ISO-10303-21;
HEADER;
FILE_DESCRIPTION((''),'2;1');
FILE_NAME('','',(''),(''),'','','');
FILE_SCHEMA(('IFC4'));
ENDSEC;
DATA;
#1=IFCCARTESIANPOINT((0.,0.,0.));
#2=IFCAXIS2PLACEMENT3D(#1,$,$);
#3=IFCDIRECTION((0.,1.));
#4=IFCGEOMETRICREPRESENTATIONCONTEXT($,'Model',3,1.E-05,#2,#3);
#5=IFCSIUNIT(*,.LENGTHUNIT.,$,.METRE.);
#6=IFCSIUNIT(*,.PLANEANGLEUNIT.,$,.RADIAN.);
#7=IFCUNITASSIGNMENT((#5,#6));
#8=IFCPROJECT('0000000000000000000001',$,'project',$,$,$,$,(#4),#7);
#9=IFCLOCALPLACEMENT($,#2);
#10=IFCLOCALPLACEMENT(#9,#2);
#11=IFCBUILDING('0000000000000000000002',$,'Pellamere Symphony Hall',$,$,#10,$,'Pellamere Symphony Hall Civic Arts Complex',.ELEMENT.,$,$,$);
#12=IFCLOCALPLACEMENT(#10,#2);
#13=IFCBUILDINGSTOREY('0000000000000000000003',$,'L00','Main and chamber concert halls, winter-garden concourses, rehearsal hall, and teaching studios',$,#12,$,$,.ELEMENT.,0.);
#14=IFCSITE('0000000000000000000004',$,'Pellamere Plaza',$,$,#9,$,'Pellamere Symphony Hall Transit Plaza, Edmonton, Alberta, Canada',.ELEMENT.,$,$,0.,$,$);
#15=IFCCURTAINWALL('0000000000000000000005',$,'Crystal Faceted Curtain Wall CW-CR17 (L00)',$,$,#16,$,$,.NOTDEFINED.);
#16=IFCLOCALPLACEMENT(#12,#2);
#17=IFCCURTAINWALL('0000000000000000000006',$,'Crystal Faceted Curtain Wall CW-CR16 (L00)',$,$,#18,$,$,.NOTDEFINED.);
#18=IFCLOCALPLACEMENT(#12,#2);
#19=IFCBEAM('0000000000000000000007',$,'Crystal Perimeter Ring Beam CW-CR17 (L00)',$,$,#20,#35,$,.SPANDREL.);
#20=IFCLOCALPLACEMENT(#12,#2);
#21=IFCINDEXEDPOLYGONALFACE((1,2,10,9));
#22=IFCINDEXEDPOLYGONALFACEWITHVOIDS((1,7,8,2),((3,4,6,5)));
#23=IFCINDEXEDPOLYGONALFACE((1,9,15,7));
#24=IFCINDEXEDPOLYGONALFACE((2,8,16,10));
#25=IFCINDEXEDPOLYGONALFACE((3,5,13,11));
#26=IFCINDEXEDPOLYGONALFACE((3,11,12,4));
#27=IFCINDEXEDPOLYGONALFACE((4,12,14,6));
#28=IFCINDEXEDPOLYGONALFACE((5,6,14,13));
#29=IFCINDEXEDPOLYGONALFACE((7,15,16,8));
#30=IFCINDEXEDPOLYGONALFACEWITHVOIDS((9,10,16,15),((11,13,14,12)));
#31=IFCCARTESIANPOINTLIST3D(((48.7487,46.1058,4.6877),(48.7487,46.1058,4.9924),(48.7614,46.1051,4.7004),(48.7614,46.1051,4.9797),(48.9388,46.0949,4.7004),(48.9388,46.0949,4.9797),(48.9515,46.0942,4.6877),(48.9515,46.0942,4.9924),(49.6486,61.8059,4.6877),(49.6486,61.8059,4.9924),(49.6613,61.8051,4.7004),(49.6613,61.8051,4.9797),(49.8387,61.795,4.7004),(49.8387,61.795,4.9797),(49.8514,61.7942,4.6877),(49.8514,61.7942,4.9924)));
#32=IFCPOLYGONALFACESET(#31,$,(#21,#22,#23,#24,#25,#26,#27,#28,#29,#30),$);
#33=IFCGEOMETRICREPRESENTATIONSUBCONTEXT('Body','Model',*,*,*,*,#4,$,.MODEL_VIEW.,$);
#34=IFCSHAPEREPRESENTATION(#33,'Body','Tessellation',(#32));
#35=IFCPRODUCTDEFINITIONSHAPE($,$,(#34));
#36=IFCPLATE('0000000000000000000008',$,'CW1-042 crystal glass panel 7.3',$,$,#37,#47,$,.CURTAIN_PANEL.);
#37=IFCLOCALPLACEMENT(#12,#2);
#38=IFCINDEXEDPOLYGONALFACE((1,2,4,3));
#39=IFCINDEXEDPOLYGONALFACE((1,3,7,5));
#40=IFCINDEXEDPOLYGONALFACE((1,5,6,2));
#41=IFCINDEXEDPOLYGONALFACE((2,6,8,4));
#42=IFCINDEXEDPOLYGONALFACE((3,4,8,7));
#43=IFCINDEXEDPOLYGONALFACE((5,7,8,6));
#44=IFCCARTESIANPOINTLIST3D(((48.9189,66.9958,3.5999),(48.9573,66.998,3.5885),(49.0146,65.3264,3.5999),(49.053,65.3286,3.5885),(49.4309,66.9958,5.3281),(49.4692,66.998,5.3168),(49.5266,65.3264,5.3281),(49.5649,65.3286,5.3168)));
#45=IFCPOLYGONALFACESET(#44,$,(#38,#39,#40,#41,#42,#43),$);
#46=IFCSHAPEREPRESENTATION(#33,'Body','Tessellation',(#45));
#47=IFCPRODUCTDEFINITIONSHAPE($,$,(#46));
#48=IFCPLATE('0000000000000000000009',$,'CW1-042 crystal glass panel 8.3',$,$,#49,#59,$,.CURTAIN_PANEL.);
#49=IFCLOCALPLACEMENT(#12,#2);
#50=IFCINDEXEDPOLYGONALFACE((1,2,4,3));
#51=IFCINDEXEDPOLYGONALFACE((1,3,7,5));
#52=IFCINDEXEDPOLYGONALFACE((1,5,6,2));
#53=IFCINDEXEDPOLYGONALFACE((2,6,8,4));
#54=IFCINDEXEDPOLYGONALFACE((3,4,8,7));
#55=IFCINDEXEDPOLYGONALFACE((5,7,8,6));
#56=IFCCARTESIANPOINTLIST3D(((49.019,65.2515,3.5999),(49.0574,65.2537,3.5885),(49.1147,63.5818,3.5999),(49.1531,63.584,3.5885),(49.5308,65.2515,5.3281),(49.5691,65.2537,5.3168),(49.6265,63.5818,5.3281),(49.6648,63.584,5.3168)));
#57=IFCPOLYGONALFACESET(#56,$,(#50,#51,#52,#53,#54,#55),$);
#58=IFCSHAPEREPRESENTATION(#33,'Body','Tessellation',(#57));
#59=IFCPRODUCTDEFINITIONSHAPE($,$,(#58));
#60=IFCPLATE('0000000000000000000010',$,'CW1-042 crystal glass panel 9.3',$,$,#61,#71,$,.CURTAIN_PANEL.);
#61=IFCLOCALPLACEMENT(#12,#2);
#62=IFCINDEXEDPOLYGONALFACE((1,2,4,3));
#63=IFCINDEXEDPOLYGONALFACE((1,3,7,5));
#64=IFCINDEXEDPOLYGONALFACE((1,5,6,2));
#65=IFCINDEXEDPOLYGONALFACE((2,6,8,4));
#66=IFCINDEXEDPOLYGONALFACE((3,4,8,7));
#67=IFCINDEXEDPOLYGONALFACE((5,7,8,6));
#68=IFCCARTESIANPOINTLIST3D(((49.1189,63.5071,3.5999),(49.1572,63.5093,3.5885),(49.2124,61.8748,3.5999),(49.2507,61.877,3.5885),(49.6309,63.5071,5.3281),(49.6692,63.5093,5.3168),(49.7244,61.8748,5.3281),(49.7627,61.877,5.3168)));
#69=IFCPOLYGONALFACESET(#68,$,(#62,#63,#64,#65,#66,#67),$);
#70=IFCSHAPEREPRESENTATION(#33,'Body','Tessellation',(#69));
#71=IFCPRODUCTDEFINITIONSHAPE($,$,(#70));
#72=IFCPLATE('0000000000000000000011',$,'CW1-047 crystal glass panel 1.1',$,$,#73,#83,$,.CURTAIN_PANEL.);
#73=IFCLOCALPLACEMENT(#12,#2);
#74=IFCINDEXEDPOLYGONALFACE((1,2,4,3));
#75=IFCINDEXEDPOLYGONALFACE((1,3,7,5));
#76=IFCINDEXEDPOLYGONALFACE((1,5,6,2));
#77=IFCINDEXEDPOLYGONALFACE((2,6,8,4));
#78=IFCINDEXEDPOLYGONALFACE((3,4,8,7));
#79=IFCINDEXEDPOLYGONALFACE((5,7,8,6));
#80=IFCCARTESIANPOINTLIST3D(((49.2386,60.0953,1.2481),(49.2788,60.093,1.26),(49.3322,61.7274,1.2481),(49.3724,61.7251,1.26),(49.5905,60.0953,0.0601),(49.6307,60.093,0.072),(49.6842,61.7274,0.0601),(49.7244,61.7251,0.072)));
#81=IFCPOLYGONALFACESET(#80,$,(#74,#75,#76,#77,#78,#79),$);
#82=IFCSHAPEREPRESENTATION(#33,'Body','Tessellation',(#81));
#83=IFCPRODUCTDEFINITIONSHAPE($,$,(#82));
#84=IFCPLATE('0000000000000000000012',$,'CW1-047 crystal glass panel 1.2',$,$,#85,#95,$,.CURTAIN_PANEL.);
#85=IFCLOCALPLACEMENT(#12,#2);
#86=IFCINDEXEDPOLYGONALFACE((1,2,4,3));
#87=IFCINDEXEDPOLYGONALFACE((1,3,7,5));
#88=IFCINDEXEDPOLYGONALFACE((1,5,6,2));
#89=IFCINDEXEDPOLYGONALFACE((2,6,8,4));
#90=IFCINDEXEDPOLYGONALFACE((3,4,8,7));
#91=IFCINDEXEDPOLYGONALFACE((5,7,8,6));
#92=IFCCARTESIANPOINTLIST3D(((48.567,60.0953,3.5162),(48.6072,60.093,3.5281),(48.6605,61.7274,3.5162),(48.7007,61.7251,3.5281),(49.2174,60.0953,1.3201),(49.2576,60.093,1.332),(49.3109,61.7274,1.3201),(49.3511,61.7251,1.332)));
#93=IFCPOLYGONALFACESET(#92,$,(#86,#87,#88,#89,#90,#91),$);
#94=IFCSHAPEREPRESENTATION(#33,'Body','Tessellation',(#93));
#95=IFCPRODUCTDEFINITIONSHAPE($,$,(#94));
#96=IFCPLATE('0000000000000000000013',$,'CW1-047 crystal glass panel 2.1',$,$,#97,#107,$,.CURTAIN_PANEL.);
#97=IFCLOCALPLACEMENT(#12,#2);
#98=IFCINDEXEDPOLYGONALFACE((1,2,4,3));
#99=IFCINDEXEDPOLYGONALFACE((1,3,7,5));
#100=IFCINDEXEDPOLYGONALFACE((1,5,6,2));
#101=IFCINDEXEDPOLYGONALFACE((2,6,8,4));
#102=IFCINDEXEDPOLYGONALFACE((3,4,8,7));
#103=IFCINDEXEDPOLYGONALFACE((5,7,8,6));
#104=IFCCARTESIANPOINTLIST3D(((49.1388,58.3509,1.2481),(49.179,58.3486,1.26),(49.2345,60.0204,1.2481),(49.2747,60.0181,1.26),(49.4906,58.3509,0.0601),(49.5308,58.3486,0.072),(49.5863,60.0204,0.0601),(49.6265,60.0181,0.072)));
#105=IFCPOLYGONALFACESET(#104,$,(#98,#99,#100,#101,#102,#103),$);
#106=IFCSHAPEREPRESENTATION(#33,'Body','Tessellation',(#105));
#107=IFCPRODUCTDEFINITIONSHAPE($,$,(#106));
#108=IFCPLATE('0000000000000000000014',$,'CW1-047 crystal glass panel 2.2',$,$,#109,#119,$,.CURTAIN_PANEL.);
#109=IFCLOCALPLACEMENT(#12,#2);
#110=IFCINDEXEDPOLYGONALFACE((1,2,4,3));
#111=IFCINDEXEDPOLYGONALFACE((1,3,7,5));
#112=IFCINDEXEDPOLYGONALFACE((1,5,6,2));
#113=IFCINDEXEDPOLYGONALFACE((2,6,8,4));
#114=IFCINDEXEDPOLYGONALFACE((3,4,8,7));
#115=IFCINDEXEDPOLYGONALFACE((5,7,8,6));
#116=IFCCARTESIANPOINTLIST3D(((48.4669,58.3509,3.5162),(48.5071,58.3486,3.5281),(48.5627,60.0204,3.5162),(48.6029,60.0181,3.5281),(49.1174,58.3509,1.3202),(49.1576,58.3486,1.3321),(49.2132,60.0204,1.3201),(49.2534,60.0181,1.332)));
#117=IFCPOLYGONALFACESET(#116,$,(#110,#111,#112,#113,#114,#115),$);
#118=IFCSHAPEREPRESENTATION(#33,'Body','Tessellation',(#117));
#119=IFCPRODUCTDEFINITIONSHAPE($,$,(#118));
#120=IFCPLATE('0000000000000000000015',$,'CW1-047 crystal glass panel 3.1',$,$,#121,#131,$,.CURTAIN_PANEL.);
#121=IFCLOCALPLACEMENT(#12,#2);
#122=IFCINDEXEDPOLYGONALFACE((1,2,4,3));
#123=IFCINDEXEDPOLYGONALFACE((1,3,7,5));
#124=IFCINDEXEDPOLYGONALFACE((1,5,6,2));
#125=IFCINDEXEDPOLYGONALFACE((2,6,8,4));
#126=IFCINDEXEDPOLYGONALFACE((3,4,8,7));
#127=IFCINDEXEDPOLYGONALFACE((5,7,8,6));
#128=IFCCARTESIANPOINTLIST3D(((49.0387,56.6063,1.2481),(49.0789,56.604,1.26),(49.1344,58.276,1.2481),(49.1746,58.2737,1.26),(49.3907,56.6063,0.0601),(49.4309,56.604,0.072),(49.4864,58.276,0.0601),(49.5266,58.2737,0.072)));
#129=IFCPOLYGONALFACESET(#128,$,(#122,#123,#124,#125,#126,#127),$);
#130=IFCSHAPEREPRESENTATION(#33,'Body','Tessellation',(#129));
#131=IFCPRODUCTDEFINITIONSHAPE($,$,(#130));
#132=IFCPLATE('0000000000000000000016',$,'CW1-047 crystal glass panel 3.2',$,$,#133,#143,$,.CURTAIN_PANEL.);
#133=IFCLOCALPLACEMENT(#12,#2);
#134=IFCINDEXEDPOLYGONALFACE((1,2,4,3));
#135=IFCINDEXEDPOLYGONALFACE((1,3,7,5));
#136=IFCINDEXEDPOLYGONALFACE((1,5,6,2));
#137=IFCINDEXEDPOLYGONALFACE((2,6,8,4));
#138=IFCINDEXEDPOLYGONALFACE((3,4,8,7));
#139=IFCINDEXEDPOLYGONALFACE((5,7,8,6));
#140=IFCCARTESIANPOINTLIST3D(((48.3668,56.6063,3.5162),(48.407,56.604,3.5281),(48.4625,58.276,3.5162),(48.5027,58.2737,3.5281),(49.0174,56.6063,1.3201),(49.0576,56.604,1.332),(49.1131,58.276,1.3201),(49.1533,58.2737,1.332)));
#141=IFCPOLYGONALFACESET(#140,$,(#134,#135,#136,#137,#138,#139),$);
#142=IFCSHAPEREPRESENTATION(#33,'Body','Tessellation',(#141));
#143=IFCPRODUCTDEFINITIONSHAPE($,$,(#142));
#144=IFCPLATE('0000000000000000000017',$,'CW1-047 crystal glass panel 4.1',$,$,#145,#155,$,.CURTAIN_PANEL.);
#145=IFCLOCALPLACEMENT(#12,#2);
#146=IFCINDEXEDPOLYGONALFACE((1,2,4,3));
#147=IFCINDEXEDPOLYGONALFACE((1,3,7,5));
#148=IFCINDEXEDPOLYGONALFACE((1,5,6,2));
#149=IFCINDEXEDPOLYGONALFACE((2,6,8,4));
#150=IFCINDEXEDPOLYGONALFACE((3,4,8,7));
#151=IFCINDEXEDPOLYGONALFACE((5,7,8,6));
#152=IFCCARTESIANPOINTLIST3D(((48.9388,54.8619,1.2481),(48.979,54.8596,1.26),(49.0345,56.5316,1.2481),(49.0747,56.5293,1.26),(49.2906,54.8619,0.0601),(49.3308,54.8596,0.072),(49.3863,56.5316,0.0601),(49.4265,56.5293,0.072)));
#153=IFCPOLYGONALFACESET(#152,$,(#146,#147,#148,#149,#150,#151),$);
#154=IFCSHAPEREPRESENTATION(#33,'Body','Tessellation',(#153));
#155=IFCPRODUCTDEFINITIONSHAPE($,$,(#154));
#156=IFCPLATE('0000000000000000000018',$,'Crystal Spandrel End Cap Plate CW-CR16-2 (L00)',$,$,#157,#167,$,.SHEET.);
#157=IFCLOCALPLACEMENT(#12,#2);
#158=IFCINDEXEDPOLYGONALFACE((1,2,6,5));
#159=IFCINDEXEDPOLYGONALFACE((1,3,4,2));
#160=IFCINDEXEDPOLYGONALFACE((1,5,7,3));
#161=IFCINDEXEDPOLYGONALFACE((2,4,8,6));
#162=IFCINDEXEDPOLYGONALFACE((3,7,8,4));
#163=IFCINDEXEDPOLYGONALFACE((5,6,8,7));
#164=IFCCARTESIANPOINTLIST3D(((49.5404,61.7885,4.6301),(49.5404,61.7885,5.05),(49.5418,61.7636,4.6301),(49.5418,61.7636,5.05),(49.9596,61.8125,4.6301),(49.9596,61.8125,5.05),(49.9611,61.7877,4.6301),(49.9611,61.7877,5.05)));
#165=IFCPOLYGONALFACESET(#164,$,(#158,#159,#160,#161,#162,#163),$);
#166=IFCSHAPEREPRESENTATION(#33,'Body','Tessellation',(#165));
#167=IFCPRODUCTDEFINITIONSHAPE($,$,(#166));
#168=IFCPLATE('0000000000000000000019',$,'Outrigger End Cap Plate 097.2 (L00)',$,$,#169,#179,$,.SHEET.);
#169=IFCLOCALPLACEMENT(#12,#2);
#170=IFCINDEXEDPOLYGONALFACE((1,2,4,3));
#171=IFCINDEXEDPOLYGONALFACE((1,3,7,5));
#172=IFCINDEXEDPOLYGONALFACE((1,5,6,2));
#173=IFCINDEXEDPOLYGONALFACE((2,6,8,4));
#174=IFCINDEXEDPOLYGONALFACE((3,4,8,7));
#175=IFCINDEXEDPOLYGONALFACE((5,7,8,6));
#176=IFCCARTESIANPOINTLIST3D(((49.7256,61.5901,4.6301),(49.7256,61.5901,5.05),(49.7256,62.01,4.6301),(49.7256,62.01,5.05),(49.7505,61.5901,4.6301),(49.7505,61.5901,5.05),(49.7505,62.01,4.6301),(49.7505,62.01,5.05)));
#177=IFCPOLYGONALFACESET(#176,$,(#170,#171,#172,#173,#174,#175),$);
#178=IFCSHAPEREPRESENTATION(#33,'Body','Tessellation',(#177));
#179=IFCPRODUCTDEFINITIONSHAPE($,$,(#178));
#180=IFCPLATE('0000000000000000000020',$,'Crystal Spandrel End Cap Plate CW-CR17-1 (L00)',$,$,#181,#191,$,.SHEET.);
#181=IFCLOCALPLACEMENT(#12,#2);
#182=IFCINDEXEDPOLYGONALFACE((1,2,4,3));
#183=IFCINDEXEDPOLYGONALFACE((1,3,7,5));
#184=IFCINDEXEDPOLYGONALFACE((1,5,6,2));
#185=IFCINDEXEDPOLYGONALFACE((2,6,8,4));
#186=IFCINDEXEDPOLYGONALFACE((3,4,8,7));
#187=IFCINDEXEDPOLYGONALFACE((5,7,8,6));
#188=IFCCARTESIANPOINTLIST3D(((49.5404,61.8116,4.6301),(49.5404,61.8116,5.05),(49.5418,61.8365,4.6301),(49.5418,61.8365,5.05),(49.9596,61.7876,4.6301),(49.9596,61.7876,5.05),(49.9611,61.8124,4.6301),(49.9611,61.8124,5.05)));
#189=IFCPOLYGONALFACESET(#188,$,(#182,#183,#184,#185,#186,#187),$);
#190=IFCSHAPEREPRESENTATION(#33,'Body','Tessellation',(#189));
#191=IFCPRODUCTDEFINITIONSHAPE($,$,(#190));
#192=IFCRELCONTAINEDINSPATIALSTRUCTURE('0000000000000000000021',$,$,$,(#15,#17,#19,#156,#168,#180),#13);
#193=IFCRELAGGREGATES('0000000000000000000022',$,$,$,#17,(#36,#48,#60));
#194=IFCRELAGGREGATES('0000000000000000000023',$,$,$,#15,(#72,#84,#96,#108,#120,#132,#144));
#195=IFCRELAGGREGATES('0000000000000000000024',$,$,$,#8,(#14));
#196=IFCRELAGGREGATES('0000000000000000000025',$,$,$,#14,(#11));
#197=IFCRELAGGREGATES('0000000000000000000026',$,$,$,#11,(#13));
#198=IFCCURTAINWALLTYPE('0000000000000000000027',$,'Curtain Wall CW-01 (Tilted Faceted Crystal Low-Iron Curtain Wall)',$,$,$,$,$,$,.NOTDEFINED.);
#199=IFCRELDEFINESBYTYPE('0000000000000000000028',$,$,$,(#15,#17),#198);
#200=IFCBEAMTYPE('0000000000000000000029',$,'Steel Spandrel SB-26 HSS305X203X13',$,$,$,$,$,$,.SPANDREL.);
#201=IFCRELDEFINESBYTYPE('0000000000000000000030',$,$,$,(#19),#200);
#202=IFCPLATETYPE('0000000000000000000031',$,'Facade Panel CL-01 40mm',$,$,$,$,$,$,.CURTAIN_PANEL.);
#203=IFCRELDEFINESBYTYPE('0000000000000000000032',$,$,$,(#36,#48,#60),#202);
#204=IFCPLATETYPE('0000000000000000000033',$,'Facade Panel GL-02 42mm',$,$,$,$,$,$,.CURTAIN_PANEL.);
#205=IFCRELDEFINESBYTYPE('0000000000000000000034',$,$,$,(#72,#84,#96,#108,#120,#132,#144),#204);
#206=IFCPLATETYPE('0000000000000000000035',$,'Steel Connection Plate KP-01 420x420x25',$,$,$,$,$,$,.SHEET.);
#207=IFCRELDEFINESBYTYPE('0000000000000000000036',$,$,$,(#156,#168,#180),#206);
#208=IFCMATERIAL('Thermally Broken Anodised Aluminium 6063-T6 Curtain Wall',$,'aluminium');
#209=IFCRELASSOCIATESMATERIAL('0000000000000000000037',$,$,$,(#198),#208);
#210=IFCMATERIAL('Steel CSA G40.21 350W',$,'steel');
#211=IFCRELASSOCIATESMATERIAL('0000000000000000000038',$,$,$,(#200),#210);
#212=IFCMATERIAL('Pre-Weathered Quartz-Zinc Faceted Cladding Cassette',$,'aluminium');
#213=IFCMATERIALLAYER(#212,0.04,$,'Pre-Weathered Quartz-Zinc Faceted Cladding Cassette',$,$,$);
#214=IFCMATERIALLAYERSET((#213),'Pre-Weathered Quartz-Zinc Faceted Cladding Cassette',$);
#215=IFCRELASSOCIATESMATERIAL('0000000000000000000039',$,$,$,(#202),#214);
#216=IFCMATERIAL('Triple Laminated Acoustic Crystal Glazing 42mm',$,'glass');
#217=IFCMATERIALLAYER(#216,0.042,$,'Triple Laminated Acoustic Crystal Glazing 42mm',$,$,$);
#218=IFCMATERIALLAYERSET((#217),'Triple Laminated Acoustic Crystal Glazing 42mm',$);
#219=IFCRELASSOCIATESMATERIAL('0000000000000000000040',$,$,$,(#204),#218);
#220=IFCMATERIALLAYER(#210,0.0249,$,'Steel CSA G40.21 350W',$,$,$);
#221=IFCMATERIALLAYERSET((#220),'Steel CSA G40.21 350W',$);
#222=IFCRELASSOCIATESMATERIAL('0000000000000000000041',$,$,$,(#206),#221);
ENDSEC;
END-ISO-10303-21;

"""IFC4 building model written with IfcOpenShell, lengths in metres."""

from ifc_helpers import new_model, si_unit, direction, frame, origin, origin_2d, place, context, subcontext, project, spatial, polyline, rectangle, hollow_rectangle, outline, extrude, material, layer, layer_set, material_profile, profile_set, type_object, element, aggregate, save


model = new_model("IFC4")

# Units and contexts
model_context = context("Model", 3, precision=1e-05, world=origin(), true_north=direction((0.0, 1.0)))
body_context = subcontext(model_context, "Body", "Model", "MODEL_VIEW")
ifc_project = project(units=[si_unit("LENGTHUNIT", "METRE"), si_unit("PLANEANGLEUNIT", "RADIAN")], contexts=[model_context])

# Site, building, storey
site_placement = place(None, origin())
site = spatial("IfcSite", under=ifc_project, at=site_placement, Name="Pellamere Plaza", LongName="Pellamere Symphony Hall Transit Plaza, Edmonton, Alberta, Canada", CompositionType="ELEMENT", RefElevation=0.0)
building_placement = place(site_placement, origin())
building = spatial("IfcBuilding", under=site, at=building_placement, Name="Pellamere Symphony Hall", LongName="Pellamere Symphony Hall Civic Arts Complex", CompositionType="ELEMENT")
storey_placement = place(building_placement, origin())
storey = spatial("IfcBuildingStorey", under=building, at=storey_placement, Name="L00", Description="Main and chamber concert halls, winter-garden concourses, rehearsal hall, and teaching studios", CompositionType="ELEMENT", Elevation=0.0)

# Curtain walls
ifc_material_1 = material(Name="Thermally Broken Anodised Aluminium 6063-T6 Curtain Wall", Category="aluminium")
curtain_wall_type = type_object("IfcCurtainWallType", Name="Curtain Wall CW-01 (Tilted Faceted Crystal Low-Iron Curtain Wall)", PredefinedType="NOTDEFINED", material=ifc_material_1)
curtain_wall_1_placement = place(storey_placement, origin())
curtain_wall_1 = element("IfcCurtainWall", 1, at=curtain_wall_1_placement, inside=storey, type_object=curtain_wall_type, Name="Crystal Faceted Curtain Wall CW-CR17 (L00)", PredefinedType="NOTDEFINED")
curtain_wall_2_placement = place(storey_placement, origin())
curtain_wall_2 = element("IfcCurtainWall", 2, at=curtain_wall_2_placement, inside=storey, type_object=curtain_wall_type, Name="Crystal Faceted Curtain Wall CW-CR16 (L00)", PredefinedType="NOTDEFINED")

# Beam
ifc_material_2 = material(Name="Steel CSA G40.21 350W", Category="steel")
ifc_material_profile_1 = material_profile(ifc_material_2, hollow_rectangle(XDim=0.2031, YDim=0.3047, WallThickness=0.0127, at=origin_2d()), Name="HSS305X203X13")
ifc_profile_set_1 = profile_set([ifc_material_profile_1], Name="Steel CSA G40.21 350W")
beam_type = type_object("IfcBeamType", Name="Steel Spandrel SB-26 HSS305X203X13", PredefinedType="SPANDREL", material=ifc_profile_set_1)
beam_placement = place(storey_placement, frame((49.75, 61.8, 4.8401), z_axis=(-0.057225, -0.998361, 0.0), x_axis=(0.998361, -0.057225, 0.0)))
element("IfcBeam", 3, at=beam_placement, inside=storey, type_object=beam_type, Name="Crystal Perimeter Ring Beam CW-CR17 (L00)", PredefinedType="SPANDREL", context=body_context, shape_type="SweptSolid", body=[
    extrude(hollow_rectangle(XDim=0.2031, YDim=0.3047, WallThickness=0.0127, at=origin_2d()), origin(), (0.0, 0.0, 1.0), 15.7258),
])

# Plates
ifc_material_3 = material(Name="Pre-Weathered Quartz-Zinc Faceted Cladding Cassette", Category="aluminium")
ifc_layer_1 = layer(ifc_material_3, 0.04, Name="Pre-Weathered Quartz-Zinc Faceted Cladding Cassette")
ifc_layer_set_1 = layer_set([ifc_layer_1], Name="Pre-Weathered Quartz-Zinc Faceted Cladding Cassette")
plate_type_1 = type_object("IfcPlateType", Name="Facade Panel CL-01 40mm", PredefinedType="CURTAIN_PANEL", material=ifc_layer_set_1)
plate_1_placement = place(storey_placement, frame((48.9189, 66.9958, 3.5999), z_axis=(-0.957371, -0.054883, 0.2836), x_axis=(0.057233, -0.998361, 0.0)))
plate_1 = element("IfcPlate", 4, at=plate_1_placement, type_object=plate_type_1, Name="CW1-042 crystal glass panel 7.3", PredefinedType="CURTAIN_PANEL", context=body_context, shape_type="SweptSolid", body=[
    extrude(outline(polyline([(0.0, 0.0), (1.6722, 0.0), (1.7015, 1.8023), (0.0293, 1.8023), (0.0, 0.0)])), origin(), (0.0, 0.0, -1.0), 0.04),
])
plate_2_placement = place(storey_placement, frame((49.019, 65.2515, 3.5999), z_axis=(-0.957408, -0.054877, 0.283476), x_axis=(0.057224, -0.998361, 0.0)))
plate_2 = element("IfcPlate", 5, at=plate_2_placement, type_object=plate_type_1, Name="CW1-042 crystal glass panel 8.3", PredefinedType="CURTAIN_PANEL", context=body_context, shape_type="SweptSolid", body=[
    extrude(outline(polyline([(0.0, 0.0), (1.6724, 0.0), (1.7017, 1.8022), (0.0293, 1.8022), (0.0, 0.0)])), origin(), (0.0, 0.0, -1.0), 0.04),
])
plate_3_placement = place(storey_placement, frame((49.1189, 63.5071, 3.5999), z_axis=(-0.957373, -0.054842, 0.283601), x_axis=(0.05719, -0.998363, 0.0)))
plate_3 = element("IfcPlate", 6, at=plate_3_placement, type_object=plate_type_1, Name="CW1-042 crystal glass panel 9.3", PredefinedType="CURTAIN_PANEL", context=body_context, shape_type="SweptSolid", body=[
    extrude(outline(polyline([(0.0, 0.0), (1.635, 0.0), (1.6643, 1.8023), (0.0293, 1.8023), (0.0, 0.0)])), origin(), (0.0, 0.0, -1.0), 0.04),
])
aggregate(curtain_wall_2, [plate_1, plate_2, plate_3])
ifc_material_4 = material(Name="Triple Laminated Acoustic Crystal Glazing 42mm", Category="glass")
ifc_layer_2 = layer(ifc_material_4, 0.042, Name="Triple Laminated Acoustic Crystal Glazing 42mm")
ifc_layer_set_2 = layer_set([ifc_layer_2], Name="Triple Laminated Acoustic Crystal Glazing 42mm")
plate_type_2 = type_object("IfcPlateType", Name="Facade Panel GL-02 42mm", PredefinedType="CURTAIN_PANEL", material=ifc_layer_set_2)
plate_4_placement = place(storey_placement, frame((49.7244, 61.7251, 0.072), z_axis=(0.957366, -0.054921, 0.283609), x_axis=(-0.057267, -0.998359, -0.00002)))
plate_4 = element("IfcPlate", 7, at=plate_4_placement, type_object=plate_type_2, Name="CW1-047 crystal glass panel 1.1", PredefinedType="CURTAIN_PANEL", context=body_context, shape_type="SweptSolid", body=[
    extrude(outline(polyline([(0.0, 0.0), (1.6348, 0.0), (1.6549, -1.2389), (0.0201, -1.2388), (0.0, 0.0)])), origin(), (0.0, 0.0, -1.0), 0.042),
])
plate_5_placement = place(storey_placement, frame((49.3511, 61.7251, 1.332), z_axis=(0.957389, -0.054851, 0.283545), x_axis=(-0.057199, -0.998363, 0.0)))
plate_5 = element("IfcPlate", 8, at=plate_5_placement, type_object=plate_type_2, Name="CW1-047 crystal glass panel 1.2", PredefinedType="CURTAIN_PANEL", context=body_context, shape_type="SweptSolid", body=[
    extrude(outline(polyline([(0.0, 0.0), (1.6348, 0.0), (1.672, -2.29), (0.0372, -2.29), (0.0, 0.0)])), origin(), (0.0, 0.0, -1.0), 0.042),
])
plate_6_placement = place(storey_placement, frame((49.6265, 60.0181, 0.072), z_axis=(0.957395, -0.054884, 0.283519), x_axis=(-0.057233, -0.998361, 0.0)))
plate_6 = element("IfcPlate", 9, at=plate_6_placement, type_object=plate_type_2, Name="CW1-047 crystal glass panel 2.1", PredefinedType="CURTAIN_PANEL", context=body_context, shape_type="SweptSolid", body=[
    extrude(outline(polyline([(0.0, 0.0), (1.6722, 0.0), (1.6923, -1.2388), (0.0201, -1.2388), (0.0, 0.0)])), origin(), (0.0, 0.0, -1.0), 0.042),
])
plate_7_placement = place(storey_placement, frame((49.2534, 60.0181, 1.332), z_axis=(0.957369, -0.054953, 0.283592), x_axis=(-0.057311, -0.998356, 0.00002)))
plate_7 = element("IfcPlate", 10, at=plate_7_placement, type_object=plate_type_2, Name="CW1-047 crystal glass panel 2.2", PredefinedType="CURTAIN_PANEL", context=body_context, shape_type="SweptSolid", body=[
    extrude(outline(polyline([(0.0, 0.0), (1.6722, 0.0), (1.7095, -2.29), (0.0373, -2.2901), (0.0, 0.0)])), origin(), (0.0, 0.0, -1.0), 0.042),
])
plate_8_placement = place(storey_placement, frame((49.5266, 58.2737, 0.072), z_axis=(0.957342, -0.054873, 0.2837), x_axis=(-0.057224, -0.998361, 0.0)))
plate_8 = element("IfcPlate", 11, at=plate_8_placement, type_object=plate_type_2, Name="CW1-047 crystal glass panel 3.1", PredefinedType="CURTAIN_PANEL", context=body_context, shape_type="SweptSolid", body=[
    extrude(outline(polyline([(0.0, 0.0), (1.6724, 0.0), (1.6926, -1.2389), (0.0201, -1.2389), (0.0, 0.0)])), origin(), (0.0, 0.0, -1.0), 0.042),
])
plate_9_placement = place(storey_placement, frame((49.1533, 58.2737, 1.332), z_axis=(0.957359, -0.054874, 0.283642), x_axis=(-0.057224, -0.998361, 0.0)))
plate_9 = element("IfcPlate", 12, at=plate_9_placement, type_object=plate_type_2, Name="CW1-047 crystal glass panel 3.2", PredefinedType="CURTAIN_PANEL", context=body_context, shape_type="SweptSolid", body=[
    extrude(outline(polyline([(0.0, 0.0), (1.6724, 0.0), (1.7097, -2.2901), (0.0372, -2.2901), (0.0, 0.0)])), origin(), (0.0, 0.0, -1.0), 0.042),
])
plate_10_placement = place(storey_placement, frame((49.4265, 56.5293, 0.072), z_axis=(0.957395, -0.054876, 0.28352), x_axis=(-0.057224, -0.998361, 0.0)))
plate_10 = element("IfcPlate", 13, at=plate_10_placement, type_object=plate_type_2, Name="CW1-047 crystal glass panel 4.1", PredefinedType="CURTAIN_PANEL", context=body_context, shape_type="SweptSolid", body=[
    extrude(outline(polyline([(0.0, 0.0), (1.6724, 0.0), (1.6926, -1.2388), (0.0201, -1.2388), (0.0, 0.0)])), origin(), (0.0, 0.0, -1.0), 0.042),
])
aggregate(curtain_wall_1, [plate_4, plate_5, plate_6, plate_7, plate_8, plate_9, plate_10])

# Plates
ifc_layer_3 = layer(ifc_material_2, 0.0249, Name="Steel CSA G40.21 350W")
ifc_layer_set_3 = layer_set([ifc_layer_3], Name="Steel CSA G40.21 350W")
plate_type_3 = type_object("IfcPlateType", Name="Steel Connection Plate KP-01 420x420x25", PredefinedType="SHEET", material=ifc_layer_set_3)
for number, where, z_axis, x_axis, name in (
    (14, (49.7507, 61.7881, 4.6301), (0.0, 0.0, 1.0), (0.057216, -0.998362, 0.0), "Crystal Spandrel End Cap Plate CW-CR16-2 (L00)"),
    (15, (49.738, 61.8, 4.6301), (0.0, 0.0, 1.0), (-1.0, 0.0, 0.0), "Outrigger End Cap Plate 097.2 (L00)"),
    (16, (49.7507, 61.812, 4.6301), (0.0, 0.0, 1.0), (-0.057216, -0.998362, 0.0), "Crystal Spandrel End Cap Plate CW-CR17-1 (L00)"),
):
    element("IfcPlate", number, at=place(storey_placement, frame(where, z_axis=z_axis, x_axis=x_axis)), inside=storey, type_object=plate_type_3, Name=name, PredefinedType="SHEET", context=body_context, shape_type="SweptSolid", body=[
        extrude(rectangle(XDim=0.0249, YDim=0.4199, at=origin_2d()), origin(), (0.0, 0.0, 1.0), 0.4199),
    ])

save(model, "model.ifc")
